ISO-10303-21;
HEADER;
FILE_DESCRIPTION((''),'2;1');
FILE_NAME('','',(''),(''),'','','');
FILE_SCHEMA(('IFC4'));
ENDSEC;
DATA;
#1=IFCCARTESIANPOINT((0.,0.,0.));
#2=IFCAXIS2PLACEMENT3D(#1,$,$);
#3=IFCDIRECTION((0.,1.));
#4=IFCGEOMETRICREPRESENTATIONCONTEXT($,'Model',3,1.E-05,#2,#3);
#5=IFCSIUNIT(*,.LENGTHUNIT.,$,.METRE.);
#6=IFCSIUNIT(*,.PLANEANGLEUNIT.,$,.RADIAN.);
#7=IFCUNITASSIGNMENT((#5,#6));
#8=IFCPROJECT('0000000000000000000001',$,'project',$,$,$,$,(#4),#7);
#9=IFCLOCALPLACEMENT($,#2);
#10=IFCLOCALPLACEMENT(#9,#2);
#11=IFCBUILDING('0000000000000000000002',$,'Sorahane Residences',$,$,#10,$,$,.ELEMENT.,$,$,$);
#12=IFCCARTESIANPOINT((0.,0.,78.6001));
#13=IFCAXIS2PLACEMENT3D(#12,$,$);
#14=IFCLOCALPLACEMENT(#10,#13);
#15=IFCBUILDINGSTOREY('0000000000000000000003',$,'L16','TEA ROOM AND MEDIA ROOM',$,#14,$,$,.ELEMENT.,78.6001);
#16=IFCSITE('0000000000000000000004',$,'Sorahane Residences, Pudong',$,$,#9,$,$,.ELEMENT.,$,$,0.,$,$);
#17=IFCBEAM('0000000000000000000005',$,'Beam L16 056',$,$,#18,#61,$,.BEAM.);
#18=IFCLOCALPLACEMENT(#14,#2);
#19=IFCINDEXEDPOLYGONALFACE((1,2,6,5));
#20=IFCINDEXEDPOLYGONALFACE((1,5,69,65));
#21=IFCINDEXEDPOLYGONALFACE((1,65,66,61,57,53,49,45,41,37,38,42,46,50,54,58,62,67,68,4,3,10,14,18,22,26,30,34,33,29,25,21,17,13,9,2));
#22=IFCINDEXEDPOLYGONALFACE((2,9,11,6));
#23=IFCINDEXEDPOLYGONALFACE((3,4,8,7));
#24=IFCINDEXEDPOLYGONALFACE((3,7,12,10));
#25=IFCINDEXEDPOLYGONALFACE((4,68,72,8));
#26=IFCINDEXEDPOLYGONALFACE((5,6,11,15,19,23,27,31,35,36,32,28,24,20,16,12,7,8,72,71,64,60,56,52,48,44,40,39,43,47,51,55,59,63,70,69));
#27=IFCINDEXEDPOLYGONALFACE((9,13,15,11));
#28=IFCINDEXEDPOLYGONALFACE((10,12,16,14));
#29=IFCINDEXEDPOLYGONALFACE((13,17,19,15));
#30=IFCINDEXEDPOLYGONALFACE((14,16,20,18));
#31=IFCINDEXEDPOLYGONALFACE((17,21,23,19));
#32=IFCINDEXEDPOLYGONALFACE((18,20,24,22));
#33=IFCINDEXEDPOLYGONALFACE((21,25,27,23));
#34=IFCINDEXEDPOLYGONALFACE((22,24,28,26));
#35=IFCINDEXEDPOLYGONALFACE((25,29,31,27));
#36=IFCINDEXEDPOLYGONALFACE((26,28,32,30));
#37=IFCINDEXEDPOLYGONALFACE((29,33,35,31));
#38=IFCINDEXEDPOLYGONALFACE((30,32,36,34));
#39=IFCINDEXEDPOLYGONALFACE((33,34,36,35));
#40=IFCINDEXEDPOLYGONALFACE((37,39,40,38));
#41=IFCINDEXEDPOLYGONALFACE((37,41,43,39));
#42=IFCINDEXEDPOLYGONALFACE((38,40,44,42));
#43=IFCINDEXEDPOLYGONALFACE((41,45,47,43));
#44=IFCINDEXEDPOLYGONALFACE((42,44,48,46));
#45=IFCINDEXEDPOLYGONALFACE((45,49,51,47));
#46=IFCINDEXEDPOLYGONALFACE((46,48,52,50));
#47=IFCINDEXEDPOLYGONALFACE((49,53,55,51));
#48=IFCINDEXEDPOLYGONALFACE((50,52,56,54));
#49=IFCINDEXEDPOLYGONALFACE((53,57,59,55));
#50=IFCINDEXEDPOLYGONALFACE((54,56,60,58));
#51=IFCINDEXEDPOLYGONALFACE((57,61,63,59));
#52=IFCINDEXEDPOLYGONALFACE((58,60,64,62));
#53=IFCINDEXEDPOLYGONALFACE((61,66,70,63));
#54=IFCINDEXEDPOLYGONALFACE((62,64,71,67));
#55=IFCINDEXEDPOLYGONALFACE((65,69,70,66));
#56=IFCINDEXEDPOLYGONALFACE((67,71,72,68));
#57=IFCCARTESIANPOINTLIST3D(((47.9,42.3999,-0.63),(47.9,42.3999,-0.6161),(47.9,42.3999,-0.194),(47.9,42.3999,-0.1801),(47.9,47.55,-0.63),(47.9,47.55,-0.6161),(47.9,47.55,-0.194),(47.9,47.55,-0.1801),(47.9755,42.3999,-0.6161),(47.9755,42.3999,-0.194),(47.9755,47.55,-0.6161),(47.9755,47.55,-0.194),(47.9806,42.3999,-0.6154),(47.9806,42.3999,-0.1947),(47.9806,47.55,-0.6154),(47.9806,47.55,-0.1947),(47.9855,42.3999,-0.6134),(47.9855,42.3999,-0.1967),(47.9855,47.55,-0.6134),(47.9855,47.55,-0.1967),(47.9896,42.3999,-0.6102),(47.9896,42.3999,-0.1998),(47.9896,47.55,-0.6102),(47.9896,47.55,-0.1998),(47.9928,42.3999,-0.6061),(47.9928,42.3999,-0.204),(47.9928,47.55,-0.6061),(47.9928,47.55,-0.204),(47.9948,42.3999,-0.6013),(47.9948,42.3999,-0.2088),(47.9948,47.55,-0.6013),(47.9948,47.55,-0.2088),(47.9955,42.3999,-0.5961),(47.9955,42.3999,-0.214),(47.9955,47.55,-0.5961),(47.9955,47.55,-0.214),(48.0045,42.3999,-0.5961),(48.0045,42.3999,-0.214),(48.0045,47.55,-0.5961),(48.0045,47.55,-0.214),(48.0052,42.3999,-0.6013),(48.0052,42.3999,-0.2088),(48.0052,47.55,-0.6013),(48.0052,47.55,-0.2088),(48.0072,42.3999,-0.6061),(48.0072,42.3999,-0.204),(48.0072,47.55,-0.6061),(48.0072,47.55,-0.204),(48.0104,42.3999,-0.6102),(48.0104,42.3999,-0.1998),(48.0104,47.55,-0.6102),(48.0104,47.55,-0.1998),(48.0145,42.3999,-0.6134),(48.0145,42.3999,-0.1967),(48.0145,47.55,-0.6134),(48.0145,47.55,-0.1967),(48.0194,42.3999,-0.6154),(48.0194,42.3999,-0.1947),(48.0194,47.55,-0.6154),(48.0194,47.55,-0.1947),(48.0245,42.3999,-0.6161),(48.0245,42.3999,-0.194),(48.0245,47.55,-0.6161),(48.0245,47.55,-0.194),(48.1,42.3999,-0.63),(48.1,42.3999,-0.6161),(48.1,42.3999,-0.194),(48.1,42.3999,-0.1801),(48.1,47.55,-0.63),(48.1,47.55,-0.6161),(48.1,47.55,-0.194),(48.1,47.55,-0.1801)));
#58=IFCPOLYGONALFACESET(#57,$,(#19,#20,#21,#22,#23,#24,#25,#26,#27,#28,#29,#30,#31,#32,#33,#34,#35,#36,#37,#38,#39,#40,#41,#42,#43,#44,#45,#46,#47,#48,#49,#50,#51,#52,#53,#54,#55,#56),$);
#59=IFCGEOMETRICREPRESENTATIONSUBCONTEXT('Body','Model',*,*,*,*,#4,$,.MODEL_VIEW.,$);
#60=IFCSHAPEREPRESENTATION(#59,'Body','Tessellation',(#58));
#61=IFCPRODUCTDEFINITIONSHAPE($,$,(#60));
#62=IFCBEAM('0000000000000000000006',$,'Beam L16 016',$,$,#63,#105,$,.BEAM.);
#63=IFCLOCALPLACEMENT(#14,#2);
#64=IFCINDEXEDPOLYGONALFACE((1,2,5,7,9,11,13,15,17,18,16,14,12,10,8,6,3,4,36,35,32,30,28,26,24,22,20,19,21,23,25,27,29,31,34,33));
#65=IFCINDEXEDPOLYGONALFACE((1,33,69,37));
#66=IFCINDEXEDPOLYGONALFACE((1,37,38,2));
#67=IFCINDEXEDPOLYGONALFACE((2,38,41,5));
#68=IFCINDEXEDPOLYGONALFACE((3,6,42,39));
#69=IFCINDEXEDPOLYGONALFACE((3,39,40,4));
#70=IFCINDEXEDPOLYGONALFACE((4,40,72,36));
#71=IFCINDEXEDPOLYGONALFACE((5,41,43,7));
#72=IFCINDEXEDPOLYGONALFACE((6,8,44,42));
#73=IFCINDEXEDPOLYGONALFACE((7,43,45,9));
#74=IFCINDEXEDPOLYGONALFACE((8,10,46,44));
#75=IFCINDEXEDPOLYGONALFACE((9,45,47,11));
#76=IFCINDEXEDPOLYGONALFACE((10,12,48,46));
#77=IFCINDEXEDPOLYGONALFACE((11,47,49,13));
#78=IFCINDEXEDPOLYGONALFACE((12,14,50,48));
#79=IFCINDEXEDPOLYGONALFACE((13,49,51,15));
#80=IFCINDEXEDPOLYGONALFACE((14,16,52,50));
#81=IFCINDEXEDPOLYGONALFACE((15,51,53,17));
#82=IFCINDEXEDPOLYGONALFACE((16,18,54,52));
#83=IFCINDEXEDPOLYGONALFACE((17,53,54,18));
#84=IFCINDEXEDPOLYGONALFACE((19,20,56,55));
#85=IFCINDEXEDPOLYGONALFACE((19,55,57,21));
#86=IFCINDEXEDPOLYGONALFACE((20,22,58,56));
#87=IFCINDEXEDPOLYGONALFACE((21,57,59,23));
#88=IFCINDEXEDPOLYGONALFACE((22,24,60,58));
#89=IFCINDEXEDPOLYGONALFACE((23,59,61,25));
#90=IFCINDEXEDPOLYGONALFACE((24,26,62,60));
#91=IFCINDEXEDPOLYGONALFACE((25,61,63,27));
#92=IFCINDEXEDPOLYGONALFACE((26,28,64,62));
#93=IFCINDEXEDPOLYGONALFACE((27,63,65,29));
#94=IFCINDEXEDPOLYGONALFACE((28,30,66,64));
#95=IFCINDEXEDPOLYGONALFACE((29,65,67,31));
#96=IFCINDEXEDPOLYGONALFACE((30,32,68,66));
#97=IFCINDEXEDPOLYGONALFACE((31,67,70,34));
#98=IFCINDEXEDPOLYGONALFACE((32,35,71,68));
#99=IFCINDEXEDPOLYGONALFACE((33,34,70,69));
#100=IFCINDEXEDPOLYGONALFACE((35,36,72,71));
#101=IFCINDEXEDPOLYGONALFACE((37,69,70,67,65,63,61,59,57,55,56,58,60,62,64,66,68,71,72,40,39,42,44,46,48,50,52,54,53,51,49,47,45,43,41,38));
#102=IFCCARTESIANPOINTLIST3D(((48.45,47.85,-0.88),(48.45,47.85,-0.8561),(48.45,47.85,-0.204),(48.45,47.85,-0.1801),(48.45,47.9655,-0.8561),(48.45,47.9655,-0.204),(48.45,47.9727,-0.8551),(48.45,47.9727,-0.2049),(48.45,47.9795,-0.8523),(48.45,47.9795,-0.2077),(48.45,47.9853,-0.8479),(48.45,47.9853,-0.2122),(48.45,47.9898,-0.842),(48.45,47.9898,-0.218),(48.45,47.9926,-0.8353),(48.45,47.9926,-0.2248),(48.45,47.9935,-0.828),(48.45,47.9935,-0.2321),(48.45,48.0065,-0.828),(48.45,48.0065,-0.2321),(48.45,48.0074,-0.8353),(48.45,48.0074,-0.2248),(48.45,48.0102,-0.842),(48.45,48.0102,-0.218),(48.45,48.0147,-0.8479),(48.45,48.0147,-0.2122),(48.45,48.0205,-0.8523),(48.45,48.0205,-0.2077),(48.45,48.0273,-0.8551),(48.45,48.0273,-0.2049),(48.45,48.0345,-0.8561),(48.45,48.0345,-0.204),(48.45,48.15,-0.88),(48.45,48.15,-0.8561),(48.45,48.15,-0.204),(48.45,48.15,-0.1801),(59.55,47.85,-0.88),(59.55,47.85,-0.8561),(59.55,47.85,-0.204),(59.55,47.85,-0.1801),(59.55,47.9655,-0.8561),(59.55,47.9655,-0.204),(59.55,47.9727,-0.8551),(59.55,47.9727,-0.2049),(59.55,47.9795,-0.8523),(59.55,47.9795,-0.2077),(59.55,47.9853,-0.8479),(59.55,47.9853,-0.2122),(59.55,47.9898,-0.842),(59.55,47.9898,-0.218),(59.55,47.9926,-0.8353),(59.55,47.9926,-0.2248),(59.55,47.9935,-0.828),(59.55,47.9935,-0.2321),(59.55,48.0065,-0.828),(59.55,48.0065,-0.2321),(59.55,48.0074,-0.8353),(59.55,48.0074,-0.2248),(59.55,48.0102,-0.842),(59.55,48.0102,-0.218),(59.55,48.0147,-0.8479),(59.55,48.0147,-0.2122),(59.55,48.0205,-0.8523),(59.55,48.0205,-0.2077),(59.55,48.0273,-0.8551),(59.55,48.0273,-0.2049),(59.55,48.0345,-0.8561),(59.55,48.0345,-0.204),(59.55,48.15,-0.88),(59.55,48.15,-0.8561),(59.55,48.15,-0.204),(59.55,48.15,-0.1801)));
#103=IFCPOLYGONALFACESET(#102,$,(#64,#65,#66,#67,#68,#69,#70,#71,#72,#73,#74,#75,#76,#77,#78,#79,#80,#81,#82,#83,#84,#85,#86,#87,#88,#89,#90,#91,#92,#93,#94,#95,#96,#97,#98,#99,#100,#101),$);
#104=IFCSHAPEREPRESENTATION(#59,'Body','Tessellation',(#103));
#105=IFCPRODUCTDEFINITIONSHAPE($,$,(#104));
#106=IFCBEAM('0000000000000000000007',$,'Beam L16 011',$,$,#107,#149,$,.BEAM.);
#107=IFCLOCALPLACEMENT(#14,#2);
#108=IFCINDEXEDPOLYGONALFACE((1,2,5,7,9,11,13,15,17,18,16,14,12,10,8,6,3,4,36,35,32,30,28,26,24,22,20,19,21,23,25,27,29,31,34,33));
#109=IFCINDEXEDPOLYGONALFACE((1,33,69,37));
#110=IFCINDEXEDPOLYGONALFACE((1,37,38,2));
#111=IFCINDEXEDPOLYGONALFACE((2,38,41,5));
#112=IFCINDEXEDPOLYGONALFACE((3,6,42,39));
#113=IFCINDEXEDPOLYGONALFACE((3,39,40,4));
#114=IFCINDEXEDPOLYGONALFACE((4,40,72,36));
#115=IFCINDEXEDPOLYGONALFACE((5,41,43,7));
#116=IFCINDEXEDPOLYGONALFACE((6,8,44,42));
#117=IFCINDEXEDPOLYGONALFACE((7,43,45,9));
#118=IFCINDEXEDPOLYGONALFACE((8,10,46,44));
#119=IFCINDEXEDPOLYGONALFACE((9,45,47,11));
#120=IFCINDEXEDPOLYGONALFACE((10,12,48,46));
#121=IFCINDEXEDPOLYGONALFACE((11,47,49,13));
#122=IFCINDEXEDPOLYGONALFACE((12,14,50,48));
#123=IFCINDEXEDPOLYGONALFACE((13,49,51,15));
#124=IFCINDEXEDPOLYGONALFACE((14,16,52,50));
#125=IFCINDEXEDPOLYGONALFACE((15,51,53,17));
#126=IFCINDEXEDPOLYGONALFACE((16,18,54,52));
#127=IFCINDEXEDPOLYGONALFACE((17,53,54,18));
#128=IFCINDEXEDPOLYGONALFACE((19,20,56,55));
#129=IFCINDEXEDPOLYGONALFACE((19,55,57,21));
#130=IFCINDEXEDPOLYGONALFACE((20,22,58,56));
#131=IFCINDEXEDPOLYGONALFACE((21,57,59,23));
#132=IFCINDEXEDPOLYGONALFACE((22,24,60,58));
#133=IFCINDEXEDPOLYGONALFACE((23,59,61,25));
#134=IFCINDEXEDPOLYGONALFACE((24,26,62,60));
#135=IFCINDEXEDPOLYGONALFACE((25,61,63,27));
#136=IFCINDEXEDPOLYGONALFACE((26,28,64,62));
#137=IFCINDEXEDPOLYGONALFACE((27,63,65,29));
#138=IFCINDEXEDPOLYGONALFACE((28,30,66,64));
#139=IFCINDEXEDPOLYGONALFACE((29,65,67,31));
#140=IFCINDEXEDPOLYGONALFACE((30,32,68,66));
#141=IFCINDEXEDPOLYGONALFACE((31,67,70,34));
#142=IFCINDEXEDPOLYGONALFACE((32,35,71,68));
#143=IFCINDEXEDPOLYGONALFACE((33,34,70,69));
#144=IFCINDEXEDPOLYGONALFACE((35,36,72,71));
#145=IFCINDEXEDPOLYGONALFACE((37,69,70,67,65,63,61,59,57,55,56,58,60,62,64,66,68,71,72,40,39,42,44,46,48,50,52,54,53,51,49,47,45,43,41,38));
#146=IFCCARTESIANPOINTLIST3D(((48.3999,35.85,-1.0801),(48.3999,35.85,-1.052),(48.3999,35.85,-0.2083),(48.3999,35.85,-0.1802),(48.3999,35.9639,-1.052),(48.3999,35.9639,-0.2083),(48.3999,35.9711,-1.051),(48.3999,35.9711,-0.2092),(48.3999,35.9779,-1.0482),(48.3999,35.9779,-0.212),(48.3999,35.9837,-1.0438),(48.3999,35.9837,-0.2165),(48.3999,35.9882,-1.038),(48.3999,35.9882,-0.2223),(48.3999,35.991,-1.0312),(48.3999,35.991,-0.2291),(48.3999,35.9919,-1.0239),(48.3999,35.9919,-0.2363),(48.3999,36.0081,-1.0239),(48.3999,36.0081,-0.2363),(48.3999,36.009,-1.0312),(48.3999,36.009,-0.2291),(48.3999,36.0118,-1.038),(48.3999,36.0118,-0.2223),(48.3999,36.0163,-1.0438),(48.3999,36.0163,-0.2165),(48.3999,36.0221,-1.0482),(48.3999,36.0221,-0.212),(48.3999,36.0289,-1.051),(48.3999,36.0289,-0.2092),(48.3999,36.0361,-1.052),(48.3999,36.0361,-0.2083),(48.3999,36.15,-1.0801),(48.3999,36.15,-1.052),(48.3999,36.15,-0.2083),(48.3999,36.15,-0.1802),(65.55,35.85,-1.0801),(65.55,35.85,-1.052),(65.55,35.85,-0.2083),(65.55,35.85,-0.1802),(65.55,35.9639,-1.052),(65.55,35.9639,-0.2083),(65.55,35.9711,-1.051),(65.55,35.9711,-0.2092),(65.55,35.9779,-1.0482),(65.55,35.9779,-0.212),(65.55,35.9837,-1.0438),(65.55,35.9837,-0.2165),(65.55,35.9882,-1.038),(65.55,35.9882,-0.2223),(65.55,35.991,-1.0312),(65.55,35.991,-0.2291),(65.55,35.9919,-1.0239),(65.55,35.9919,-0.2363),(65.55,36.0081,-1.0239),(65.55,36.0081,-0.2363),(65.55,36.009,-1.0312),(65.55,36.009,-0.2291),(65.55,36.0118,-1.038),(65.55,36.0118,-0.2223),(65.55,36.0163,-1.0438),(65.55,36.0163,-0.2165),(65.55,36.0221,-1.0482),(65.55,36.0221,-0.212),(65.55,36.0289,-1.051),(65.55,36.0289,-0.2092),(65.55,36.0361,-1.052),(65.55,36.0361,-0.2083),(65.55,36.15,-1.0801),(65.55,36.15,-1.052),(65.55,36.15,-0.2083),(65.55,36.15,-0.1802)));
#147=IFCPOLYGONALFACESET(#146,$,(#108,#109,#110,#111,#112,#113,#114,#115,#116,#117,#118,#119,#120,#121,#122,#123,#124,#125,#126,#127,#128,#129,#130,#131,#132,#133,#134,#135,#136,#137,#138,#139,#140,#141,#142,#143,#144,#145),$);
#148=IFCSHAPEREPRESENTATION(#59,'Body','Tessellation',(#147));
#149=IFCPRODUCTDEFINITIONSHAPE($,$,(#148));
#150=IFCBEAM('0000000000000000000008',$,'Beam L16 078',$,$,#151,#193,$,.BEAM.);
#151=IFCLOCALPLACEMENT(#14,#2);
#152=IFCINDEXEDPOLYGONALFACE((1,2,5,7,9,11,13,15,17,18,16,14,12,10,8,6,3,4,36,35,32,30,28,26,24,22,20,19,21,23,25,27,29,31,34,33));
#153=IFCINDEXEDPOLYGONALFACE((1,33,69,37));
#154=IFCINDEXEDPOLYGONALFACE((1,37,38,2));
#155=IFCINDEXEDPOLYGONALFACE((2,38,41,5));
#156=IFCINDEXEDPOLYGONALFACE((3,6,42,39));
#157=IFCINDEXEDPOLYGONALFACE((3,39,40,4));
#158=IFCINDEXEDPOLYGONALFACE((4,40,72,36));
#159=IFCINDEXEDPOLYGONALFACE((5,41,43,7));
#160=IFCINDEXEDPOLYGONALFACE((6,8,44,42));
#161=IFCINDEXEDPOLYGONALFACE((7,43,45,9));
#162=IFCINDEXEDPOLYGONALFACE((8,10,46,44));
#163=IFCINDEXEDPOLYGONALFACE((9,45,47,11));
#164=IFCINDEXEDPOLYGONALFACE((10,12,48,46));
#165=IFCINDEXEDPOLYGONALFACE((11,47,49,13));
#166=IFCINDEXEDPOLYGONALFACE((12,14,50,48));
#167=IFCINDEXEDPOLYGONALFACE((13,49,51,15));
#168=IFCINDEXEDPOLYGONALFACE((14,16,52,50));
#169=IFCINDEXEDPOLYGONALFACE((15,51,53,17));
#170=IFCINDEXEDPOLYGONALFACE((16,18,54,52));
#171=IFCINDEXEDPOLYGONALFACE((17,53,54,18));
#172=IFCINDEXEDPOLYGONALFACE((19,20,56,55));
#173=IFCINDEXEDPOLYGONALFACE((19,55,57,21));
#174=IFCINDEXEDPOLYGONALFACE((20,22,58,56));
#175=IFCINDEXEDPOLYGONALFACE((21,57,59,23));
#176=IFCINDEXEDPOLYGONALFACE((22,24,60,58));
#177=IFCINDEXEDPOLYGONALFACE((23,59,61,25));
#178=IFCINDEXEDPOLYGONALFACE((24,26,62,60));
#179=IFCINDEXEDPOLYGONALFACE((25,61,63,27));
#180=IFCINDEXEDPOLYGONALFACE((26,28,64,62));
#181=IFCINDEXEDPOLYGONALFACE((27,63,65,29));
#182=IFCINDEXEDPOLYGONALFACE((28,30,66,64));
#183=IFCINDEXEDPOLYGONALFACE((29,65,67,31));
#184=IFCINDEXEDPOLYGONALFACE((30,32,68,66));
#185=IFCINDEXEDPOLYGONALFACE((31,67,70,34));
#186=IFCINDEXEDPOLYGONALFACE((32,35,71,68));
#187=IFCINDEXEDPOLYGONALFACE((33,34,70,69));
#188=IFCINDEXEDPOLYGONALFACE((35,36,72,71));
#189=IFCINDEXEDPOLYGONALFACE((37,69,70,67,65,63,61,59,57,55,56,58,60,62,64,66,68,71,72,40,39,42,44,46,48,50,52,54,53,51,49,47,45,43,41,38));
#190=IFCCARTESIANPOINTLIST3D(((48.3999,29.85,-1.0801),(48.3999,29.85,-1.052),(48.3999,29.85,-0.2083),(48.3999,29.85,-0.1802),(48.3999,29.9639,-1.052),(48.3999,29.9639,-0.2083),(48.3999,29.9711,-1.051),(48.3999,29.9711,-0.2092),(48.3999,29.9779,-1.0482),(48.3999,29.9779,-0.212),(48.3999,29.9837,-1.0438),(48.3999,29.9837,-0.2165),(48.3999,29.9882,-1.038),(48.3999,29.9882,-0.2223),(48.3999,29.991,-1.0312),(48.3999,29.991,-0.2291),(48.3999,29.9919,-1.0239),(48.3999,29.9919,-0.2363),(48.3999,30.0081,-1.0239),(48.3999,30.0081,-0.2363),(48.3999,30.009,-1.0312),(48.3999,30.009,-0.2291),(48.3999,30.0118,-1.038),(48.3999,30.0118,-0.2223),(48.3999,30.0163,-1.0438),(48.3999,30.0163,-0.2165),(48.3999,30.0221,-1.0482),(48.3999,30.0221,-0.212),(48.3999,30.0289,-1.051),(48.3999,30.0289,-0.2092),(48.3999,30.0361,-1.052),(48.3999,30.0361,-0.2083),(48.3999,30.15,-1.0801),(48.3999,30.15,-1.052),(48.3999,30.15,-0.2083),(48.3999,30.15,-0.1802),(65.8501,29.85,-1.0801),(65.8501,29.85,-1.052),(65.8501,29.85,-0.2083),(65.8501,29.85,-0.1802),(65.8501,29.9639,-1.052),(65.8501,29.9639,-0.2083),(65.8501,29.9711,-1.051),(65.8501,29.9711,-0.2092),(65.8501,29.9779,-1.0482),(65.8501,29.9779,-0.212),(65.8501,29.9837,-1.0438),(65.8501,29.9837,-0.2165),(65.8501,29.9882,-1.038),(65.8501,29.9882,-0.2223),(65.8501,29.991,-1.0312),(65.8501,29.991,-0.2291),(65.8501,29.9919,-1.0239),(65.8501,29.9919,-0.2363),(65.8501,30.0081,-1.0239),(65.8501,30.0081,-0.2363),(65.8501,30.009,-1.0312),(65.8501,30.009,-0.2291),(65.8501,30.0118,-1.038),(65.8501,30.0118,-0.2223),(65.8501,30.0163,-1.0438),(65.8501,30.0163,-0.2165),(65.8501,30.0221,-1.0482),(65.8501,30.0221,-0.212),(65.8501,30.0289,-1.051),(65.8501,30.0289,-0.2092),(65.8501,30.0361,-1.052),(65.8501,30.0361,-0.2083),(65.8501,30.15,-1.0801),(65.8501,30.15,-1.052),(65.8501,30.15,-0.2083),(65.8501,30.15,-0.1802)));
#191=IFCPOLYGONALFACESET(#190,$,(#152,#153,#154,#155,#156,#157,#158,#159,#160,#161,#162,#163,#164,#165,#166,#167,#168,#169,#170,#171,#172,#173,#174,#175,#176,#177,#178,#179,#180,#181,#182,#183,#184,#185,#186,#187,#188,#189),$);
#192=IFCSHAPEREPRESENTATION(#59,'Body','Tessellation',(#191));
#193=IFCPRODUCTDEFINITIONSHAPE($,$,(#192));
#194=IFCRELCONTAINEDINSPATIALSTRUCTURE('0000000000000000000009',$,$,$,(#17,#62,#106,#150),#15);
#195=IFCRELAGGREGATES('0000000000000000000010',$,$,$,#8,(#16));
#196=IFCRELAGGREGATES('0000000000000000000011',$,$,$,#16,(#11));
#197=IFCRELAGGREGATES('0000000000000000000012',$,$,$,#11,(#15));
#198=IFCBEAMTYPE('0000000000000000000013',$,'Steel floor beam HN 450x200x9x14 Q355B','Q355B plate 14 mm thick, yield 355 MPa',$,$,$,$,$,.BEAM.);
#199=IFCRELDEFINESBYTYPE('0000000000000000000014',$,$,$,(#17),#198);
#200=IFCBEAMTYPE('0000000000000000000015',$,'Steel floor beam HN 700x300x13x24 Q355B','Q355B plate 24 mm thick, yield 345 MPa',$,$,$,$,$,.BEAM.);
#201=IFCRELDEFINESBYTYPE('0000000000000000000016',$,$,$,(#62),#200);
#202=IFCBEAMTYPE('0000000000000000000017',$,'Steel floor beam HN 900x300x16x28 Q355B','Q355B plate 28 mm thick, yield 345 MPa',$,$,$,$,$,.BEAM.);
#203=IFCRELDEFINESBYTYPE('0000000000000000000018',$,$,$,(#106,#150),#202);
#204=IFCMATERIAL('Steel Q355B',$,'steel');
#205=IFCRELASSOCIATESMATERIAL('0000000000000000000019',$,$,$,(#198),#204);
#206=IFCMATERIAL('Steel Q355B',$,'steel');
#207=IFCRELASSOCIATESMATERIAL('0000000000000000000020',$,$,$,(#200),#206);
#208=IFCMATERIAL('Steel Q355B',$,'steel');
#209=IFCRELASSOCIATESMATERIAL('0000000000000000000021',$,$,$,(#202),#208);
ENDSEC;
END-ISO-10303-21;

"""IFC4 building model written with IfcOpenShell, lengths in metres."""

from ifc_helpers import new_model, si_unit, direction, frame, origin, origin_2d, place, context, subcontext, project, spatial, i_section, extrude, material, material_profile, profile_set, type_object, element, save


model = new_model("IFC4")

# Units and contexts
model_context = context("Model", 3, precision=1e-05, world=origin(), true_north=direction((0.0, 1.0)))
body_context = subcontext(model_context, "Body", "Model", "MODEL_VIEW")
ifc_project = project(units=[si_unit("LENGTHUNIT", "METRE"), si_unit("PLANEANGLEUNIT", "RADIAN")], contexts=[model_context])

# Site, building, storey
site_placement = place(None, origin())
site = spatial("IfcSite", under=ifc_project, at=site_placement, Name="Sorahane Residences, Pudong", CompositionType="ELEMENT", RefElevation=0.0)
building_placement = place(site_placement, origin())
building = spatial("IfcBuilding", under=site, at=building_placement, Name="Sorahane Residences", CompositionType="ELEMENT")
storey_placement = place(building_placement, frame((0.0, 0.0, 78.6001)))
storey = spatial("IfcBuildingStorey", under=building, at=storey_placement, Name="L16", Description="TEA ROOM AND MEDIA ROOM", CompositionType="ELEMENT", Elevation=78.6001)

# Beams
ifc_material_1 = material(Name="Steel Q355B", Category="steel")
ifc_material_profile_1 = material_profile(ifc_material_1, i_section(OverallWidth=0.2, OverallDepth=0.45, WebThickness=0.009, FlangeThickness=0.0139, FilletRadius=0.02, at=origin_2d()), Name="HN 450x200x9x14")
ifc_profile_set_1 = profile_set([ifc_material_profile_1], Name="Steel Q355B")
beam_type_1 = type_object("IfcBeamType", Name="Steel floor beam HN 450x200x9x14 Q355B", Description="Q355B plate 14 mm thick, yield 355 MPa", PredefinedType="BEAM", material=ifc_profile_set_1)
beam_1_placement = place(storey_placement, frame((48.0, 42.3999, -0.405), z_axis=(0.0, 1.0, 0.0), x_axis=(-1.0, 0.0, 0.0)))
element("IfcBeam", 1, at=beam_1_placement, inside=storey, type_object=beam_type_1, Name="Beam L16 056", PredefinedType="BEAM", context=body_context, shape_type="SweptSolid", body=[
    extrude(i_section(OverallWidth=0.2, OverallDepth=0.45, WebThickness=0.009, FlangeThickness=0.0139, FilletRadius=0.02, at=origin_2d()), origin(), (0.0, 0.0, 1.0), 5.1501),
])
ifc_material_2 = material(Name="Steel Q355B", Category="steel")
ifc_material_profile_2 = material_profile(ifc_material_2, i_section(OverallWidth=0.3, OverallDepth=0.7, WebThickness=0.0129, FlangeThickness=0.0239, FilletRadius=0.0281, at=origin_2d()), Name="HN 700x300x13x24")
ifc_profile_set_2 = profile_set([ifc_material_profile_2], Name="Steel Q355B")
beam_type_2 = type_object("IfcBeamType", Name="Steel floor beam HN 700x300x13x24 Q355B", Description="Q355B plate 24 mm thick, yield 345 MPa", PredefinedType="BEAM", material=ifc_profile_set_2)
beam_2_placement = place(storey_placement, frame((48.45, 48.0, -0.53), z_axis=(1.0, 0.0, 0.0), x_axis=(0.0, 1.0, 0.0)))
element("IfcBeam", 2, at=beam_2_placement, inside=storey, type_object=beam_type_2, Name="Beam L16 016", PredefinedType="BEAM", context=body_context, shape_type="SweptSolid", body=[
    extrude(i_section(OverallWidth=0.3, OverallDepth=0.7, WebThickness=0.0129, FlangeThickness=0.0239, FilletRadius=0.0281, at=origin_2d()), origin(), (0.0, 0.0, 1.0), 11.1001),
])
ifc_material_3 = material(Name="Steel Q355B", Category="steel")
ifc_material_profile_3 = material_profile(ifc_material_3, i_section(OverallWidth=0.3, OverallDepth=0.8999, WebThickness=0.0161, FlangeThickness=0.0281, FilletRadius=0.0281, at=origin_2d()), Name="HN 900x300x16x28")
ifc_profile_set_3 = profile_set([ifc_material_profile_3], Name="Steel Q355B")
beam_type_3 = type_object("IfcBeamType", Name="Steel floor beam HN 900x300x16x28 Q355B", Description="Q355B plate 28 mm thick, yield 345 MPa", PredefinedType="BEAM", material=ifc_profile_set_3)
beam_3_placement = place(storey_placement, frame((48.3999, 36.0, -0.6301), z_axis=(1.0, 0.0, 0.0), x_axis=(0.0, 1.0, 0.0)))
element("IfcBeam", 3, at=beam_3_placement, inside=storey, type_object=beam_type_3, Name="Beam L16 011", PredefinedType="BEAM", context=body_context, shape_type="SweptSolid", body=[
    extrude(i_section(OverallWidth=0.3, OverallDepth=0.8999, WebThickness=0.0161, FlangeThickness=0.0281, FilletRadius=0.0281, at=origin_2d()), origin(), (0.0, 0.0, 1.0), 17.1501),
])
beam_4_placement = place(storey_placement, frame((48.3999, 30.0, -0.6301), z_axis=(1.0, 0.0, 0.0), x_axis=(0.0, 1.0, 0.0)))
element("IfcBeam", 4, at=beam_4_placement, inside=storey, type_object=beam_type_3, Name="Beam L16 078", PredefinedType="BEAM", context=body_context, shape_type="SweptSolid", body=[
    extrude(i_section(OverallWidth=0.3, OverallDepth=0.8999, WebThickness=0.0161, FlangeThickness=0.0281, FilletRadius=0.0281, at=origin_2d()), origin(), (0.0, 0.0, 1.0), 17.4502),
])

save(model, "model.ifc")
